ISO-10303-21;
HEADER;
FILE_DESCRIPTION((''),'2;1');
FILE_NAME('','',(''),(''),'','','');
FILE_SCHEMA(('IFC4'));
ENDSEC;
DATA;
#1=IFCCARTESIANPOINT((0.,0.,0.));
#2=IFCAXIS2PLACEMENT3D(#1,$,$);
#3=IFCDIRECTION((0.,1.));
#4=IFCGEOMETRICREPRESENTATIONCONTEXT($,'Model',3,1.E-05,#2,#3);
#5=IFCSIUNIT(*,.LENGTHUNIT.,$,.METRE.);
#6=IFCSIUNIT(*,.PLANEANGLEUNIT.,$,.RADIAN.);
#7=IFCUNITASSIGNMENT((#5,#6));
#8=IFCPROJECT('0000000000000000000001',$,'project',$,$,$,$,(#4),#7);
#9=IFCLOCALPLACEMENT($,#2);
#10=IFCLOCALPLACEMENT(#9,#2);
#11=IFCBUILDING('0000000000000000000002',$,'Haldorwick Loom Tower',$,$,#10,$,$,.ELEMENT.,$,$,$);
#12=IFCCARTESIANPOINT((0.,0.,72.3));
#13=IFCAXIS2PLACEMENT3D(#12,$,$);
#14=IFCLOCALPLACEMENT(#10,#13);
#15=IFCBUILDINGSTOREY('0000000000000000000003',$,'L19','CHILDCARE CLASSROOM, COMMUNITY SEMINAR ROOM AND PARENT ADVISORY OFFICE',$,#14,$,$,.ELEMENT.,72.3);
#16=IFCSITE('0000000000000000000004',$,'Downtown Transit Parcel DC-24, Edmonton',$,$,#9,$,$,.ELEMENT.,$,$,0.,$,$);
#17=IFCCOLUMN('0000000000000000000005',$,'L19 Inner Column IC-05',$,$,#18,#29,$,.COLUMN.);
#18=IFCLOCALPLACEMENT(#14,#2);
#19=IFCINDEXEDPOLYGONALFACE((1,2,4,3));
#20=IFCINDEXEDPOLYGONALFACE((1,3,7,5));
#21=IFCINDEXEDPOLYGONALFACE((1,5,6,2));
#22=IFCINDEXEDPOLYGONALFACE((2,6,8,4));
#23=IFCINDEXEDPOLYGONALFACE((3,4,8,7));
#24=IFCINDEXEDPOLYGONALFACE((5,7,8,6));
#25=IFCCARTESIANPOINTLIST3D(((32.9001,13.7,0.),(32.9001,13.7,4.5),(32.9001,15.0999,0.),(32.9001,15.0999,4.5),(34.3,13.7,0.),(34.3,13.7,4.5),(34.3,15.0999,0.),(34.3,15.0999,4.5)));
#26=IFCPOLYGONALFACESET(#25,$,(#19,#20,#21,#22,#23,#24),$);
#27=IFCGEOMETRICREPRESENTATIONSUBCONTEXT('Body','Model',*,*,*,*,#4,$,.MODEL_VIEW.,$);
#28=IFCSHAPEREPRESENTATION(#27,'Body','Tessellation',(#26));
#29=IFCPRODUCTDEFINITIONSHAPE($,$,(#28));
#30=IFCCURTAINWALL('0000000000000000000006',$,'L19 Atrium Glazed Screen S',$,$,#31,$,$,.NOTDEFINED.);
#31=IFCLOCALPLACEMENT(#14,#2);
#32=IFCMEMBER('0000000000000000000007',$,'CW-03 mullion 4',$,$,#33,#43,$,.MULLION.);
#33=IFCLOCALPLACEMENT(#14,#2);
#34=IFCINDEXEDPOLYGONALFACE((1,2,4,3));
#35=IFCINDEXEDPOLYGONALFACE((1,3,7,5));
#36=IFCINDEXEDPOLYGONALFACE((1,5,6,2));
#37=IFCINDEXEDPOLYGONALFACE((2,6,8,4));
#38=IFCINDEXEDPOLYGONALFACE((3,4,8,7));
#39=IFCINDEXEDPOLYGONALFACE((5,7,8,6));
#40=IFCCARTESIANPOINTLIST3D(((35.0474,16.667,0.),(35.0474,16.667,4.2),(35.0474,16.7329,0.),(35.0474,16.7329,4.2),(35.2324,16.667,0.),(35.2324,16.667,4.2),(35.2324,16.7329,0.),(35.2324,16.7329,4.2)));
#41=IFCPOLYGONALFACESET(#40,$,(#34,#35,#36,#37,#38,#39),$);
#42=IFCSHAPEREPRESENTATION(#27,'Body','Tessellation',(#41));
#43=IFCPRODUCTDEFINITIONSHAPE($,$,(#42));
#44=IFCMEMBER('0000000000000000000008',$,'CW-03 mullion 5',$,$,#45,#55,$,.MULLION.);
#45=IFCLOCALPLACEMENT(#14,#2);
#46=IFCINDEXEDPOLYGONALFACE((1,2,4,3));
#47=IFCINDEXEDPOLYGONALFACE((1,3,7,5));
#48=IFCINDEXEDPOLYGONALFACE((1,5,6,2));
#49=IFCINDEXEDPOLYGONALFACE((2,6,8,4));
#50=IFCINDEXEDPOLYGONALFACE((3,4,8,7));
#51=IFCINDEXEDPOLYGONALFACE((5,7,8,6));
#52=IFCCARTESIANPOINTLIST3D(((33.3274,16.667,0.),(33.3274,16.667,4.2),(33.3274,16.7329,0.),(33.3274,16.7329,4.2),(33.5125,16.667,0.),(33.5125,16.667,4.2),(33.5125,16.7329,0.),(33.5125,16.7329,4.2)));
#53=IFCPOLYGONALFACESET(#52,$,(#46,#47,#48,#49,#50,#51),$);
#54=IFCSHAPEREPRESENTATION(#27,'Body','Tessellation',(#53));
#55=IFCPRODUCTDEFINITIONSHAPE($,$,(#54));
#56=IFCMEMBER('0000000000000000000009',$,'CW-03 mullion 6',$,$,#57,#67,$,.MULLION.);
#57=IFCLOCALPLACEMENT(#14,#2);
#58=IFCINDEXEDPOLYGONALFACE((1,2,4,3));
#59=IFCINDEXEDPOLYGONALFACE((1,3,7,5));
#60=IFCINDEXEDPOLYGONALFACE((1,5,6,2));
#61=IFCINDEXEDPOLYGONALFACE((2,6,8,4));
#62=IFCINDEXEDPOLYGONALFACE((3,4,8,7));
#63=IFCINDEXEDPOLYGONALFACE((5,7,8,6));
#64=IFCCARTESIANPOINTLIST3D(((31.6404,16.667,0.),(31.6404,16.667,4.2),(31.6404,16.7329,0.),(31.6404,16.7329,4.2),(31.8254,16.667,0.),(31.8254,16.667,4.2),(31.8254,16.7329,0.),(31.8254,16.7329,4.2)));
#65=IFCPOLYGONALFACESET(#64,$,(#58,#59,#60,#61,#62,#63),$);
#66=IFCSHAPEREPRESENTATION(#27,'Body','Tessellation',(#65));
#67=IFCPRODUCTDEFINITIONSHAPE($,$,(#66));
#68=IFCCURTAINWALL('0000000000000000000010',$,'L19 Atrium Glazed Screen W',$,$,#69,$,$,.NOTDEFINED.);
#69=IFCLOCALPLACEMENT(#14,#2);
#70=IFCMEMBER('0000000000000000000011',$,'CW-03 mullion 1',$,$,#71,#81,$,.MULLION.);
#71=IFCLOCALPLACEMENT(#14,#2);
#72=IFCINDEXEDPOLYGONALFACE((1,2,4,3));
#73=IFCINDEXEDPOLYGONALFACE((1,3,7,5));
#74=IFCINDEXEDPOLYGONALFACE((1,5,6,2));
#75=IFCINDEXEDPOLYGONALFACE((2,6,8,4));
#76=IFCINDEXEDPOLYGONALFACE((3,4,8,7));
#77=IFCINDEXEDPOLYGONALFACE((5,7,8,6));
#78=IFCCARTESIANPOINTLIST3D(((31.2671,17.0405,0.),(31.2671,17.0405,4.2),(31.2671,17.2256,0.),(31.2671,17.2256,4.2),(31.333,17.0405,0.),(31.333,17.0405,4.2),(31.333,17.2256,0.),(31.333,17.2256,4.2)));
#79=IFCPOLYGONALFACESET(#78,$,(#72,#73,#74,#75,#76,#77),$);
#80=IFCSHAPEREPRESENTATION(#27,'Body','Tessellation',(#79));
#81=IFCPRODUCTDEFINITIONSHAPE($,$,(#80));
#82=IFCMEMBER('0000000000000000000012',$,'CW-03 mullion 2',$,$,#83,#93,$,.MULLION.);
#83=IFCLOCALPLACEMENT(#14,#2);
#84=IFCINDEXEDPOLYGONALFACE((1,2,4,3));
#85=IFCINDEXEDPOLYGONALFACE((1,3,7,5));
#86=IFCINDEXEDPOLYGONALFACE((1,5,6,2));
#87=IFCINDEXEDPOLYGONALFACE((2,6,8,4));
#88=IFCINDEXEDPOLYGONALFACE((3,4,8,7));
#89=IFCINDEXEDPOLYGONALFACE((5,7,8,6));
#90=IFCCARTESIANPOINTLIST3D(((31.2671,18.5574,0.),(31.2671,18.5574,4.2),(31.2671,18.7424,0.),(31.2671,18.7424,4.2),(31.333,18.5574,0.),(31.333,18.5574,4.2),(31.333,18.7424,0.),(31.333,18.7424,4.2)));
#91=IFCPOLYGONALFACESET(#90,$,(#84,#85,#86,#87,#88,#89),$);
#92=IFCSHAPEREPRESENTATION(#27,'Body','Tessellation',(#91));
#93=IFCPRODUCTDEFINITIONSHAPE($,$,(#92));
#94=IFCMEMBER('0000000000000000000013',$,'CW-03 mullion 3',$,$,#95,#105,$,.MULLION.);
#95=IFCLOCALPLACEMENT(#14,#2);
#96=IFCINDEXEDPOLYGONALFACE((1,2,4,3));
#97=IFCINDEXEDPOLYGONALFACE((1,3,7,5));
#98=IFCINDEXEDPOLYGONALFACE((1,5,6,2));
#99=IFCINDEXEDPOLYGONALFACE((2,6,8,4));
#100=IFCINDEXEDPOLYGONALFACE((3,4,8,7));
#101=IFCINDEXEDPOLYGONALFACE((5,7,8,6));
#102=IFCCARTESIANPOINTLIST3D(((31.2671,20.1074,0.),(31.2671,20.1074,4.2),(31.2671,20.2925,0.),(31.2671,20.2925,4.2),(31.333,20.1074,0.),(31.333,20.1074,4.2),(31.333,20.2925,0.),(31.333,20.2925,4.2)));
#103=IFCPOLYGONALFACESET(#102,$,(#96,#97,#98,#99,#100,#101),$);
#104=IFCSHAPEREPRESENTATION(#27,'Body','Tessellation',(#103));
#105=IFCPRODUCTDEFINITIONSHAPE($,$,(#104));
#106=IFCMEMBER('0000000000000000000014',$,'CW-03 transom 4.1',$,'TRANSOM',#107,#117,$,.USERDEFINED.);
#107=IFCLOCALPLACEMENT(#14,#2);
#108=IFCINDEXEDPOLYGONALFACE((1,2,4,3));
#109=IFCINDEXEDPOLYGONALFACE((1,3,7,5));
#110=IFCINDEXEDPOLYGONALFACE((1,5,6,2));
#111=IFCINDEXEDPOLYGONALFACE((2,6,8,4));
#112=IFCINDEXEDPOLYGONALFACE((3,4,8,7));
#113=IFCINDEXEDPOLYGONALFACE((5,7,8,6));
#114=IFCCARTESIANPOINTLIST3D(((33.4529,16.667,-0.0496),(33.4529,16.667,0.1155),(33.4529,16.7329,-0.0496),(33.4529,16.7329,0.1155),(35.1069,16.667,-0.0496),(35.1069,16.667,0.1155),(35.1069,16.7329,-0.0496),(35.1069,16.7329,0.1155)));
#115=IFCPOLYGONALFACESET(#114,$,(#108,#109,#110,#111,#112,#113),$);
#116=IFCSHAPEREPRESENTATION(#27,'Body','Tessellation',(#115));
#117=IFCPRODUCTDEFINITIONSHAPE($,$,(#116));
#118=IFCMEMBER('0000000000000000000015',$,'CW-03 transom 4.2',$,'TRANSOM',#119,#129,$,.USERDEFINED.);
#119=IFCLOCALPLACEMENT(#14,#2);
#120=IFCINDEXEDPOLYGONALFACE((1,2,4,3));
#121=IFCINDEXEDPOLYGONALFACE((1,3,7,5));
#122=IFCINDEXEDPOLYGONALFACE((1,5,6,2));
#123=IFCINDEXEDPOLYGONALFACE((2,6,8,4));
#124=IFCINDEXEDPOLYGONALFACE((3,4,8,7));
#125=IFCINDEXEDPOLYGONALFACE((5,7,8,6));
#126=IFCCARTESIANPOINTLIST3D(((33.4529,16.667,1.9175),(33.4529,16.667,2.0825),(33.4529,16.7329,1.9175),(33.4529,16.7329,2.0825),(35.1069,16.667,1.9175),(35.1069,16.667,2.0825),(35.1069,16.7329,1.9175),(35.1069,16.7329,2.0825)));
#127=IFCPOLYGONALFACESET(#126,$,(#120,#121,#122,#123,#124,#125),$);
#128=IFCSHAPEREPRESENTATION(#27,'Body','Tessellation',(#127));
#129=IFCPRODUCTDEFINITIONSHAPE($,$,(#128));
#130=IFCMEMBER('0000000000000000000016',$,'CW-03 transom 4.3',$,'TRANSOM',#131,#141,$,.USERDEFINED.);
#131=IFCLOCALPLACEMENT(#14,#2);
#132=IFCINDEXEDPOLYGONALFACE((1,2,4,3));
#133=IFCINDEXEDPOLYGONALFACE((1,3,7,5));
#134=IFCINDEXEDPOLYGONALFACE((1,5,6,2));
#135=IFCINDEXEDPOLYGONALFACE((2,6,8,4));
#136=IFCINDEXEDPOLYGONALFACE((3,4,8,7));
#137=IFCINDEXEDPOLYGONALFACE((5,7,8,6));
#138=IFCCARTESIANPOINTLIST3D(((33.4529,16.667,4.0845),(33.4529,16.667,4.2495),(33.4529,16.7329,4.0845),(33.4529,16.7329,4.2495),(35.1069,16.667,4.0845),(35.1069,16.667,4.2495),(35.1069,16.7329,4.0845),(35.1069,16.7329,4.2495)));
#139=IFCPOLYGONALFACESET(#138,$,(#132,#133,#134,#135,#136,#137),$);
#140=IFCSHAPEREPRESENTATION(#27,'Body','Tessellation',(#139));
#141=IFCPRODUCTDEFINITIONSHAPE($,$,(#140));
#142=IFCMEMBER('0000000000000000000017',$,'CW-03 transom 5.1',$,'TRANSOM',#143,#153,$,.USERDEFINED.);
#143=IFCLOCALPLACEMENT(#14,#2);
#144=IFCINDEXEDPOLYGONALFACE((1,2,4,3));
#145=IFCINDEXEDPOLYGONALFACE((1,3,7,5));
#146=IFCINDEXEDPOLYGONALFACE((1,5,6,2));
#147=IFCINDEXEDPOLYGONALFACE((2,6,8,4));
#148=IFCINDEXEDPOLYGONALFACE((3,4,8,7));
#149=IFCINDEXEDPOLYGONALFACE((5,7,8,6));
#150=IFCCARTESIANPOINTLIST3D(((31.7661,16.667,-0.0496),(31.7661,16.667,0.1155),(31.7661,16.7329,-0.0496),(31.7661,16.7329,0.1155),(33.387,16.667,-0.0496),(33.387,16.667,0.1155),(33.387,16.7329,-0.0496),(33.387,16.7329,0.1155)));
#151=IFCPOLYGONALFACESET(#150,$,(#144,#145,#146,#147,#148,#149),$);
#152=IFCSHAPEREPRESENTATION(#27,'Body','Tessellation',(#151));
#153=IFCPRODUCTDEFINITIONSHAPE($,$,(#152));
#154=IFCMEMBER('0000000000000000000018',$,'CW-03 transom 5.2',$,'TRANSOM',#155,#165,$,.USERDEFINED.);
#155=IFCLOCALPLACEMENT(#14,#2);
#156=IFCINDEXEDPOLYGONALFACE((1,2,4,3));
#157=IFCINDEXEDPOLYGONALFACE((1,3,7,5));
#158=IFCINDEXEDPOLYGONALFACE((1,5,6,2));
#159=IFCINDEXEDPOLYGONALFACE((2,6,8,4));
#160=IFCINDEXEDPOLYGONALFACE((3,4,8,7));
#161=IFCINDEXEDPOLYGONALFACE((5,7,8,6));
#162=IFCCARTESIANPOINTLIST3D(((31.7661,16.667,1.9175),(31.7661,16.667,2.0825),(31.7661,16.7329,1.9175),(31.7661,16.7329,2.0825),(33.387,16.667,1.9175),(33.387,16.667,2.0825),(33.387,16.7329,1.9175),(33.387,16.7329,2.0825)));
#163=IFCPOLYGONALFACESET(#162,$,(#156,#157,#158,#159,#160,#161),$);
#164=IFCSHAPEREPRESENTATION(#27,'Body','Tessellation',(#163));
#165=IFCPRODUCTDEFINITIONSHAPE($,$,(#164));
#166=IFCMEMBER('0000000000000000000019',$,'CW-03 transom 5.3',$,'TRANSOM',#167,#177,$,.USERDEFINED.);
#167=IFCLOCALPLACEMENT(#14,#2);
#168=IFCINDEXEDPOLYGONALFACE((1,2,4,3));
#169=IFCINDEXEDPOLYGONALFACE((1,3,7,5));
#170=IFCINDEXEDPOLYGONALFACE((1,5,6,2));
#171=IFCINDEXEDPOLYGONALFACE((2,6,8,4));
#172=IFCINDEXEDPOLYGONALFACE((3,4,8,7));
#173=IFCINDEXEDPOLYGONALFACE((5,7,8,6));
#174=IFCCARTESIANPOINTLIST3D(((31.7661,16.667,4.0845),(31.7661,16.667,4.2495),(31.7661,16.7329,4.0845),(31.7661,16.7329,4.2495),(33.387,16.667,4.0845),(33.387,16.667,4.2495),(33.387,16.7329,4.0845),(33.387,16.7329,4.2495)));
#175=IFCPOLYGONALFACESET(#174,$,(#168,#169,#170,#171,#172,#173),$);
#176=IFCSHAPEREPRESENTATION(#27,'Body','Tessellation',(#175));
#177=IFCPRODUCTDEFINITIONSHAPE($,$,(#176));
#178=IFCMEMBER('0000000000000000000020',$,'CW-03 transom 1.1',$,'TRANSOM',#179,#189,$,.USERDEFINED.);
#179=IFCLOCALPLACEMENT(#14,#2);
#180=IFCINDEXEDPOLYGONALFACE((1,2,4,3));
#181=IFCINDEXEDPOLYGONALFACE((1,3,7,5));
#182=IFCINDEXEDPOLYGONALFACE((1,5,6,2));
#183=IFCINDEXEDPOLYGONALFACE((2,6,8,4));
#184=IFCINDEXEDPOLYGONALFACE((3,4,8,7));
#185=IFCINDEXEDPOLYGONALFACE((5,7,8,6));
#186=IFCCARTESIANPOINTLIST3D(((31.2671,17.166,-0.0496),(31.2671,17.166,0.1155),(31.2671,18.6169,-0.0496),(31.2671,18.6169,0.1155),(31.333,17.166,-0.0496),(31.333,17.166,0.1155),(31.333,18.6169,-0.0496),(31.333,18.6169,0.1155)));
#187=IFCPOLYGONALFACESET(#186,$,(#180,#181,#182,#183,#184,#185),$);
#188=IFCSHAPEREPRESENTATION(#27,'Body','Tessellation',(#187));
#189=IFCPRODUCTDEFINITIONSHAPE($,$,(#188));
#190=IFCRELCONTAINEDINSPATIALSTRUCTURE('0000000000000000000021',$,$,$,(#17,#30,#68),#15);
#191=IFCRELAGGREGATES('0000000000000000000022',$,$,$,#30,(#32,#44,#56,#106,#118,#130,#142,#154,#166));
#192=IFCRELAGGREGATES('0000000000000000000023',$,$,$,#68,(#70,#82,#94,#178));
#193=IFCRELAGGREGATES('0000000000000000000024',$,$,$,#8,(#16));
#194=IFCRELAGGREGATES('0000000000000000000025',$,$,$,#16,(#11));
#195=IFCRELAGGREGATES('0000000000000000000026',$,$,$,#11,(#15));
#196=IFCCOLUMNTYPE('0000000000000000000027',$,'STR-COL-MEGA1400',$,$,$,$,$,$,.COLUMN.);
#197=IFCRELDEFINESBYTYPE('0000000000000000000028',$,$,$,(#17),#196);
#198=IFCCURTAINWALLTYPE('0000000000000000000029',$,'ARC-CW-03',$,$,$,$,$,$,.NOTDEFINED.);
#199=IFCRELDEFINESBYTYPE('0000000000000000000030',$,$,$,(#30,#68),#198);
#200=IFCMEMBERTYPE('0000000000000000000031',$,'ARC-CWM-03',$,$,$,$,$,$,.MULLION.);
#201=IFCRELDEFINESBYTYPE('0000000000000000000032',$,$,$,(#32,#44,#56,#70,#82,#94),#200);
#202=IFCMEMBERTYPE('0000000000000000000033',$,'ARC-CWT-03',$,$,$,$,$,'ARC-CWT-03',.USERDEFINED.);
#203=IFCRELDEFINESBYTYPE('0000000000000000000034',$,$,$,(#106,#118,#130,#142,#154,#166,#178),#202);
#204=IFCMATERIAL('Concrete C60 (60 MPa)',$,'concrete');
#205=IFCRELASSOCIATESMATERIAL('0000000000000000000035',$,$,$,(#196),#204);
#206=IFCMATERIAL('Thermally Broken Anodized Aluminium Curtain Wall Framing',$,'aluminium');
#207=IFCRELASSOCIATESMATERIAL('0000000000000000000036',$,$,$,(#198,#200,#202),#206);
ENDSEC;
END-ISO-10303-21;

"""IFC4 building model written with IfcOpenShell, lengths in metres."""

from ifc_helpers import new_model, si_unit, direction, frame, origin, origin_2d, place, context, subcontext, project, spatial, rectangle, extrude, material, material_profile, profile_set, type_object, element, aggregate, save


model = new_model("IFC4")

# Units and contexts
model_context = context("Model", 3, precision=1e-05, world=origin(), true_north=direction((0.0, 1.0)))
body_context = subcontext(model_context, "Body", "Model", "MODEL_VIEW")
ifc_project = project(units=[si_unit("LENGTHUNIT", "METRE"), si_unit("PLANEANGLEUNIT", "RADIAN")], contexts=[model_context])

# Site, building, storey
site_placement = place(None, origin())
site = spatial("IfcSite", under=ifc_project, at=site_placement, Name="Downtown Transit Parcel DC-24, Edmonton", CompositionType="ELEMENT", RefElevation=0.0)
building_placement = place(site_placement, origin())
building = spatial("IfcBuilding", under=site, at=building_placement, Name="Haldorwick Loom Tower", CompositionType="ELEMENT")
storey_placement = place(building_placement, frame((0.0, 0.0, 72.3)))
storey = spatial("IfcBuildingStorey", under=building, at=storey_placement, Name="L19", Description="CHILDCARE CLASSROOM, COMMUNITY SEMINAR ROOM AND PARENT ADVISORY OFFICE", CompositionType="ELEMENT", Elevation=72.3)

# Column
ifc_material_1 = material(Name="Concrete C60 (60 MPa)", Category="concrete")
ifc_material_profile_1 = material_profile(ifc_material_1, rectangle(XDim=1.3999, YDim=1.3999, at=origin_2d()), Name="RC1400X1400", Category="concrete")
ifc_profile_set_1 = profile_set([ifc_material_profile_1], Name="Concrete C60 (60 MPa)")
column_type = type_object("IfcColumnType", Name="STR-COL-MEGA1400", PredefinedType="COLUMN", material=ifc_profile_set_1)
column_placement = place(storey_placement, frame((33.6001, 14.3999, 0.0), z_axis=(0.0, 0.0, 1.0), x_axis=(1.0, 0.0, 0.0)))
element("IfcColumn", 1, at=column_placement, inside=storey, type_object=column_type, Name="L19 Inner Column IC-05", PredefinedType="COLUMN", context=body_context, shape_type="SweptSolid", body=[
    extrude(rectangle(XDim=1.3999, YDim=1.3999, at=origin_2d()), origin(), (0.0, 0.0, 1.0), 4.5),
])

# Curtain walls, members
ifc_material_2 = material(Name="Thermally Broken Anodized Aluminium Curtain Wall Framing", Category="aluminium")
curtain_wall_type = type_object("IfcCurtainWallType", Name="ARC-CW-03", PredefinedType="NOTDEFINED", material=ifc_material_2)
curtain_wall_1_placement = place(storey_placement, origin())
curtain_wall_1 = element("IfcCurtainWall", 2, at=curtain_wall_1_placement, inside=storey, type_object=curtain_wall_type, Name="L19 Atrium Glazed Screen S", PredefinedType="NOTDEFINED")
ifc_material_profile_2 = material_profile(ifc_material_2, rectangle(XDim=0.0659, YDim=0.1851, at=origin_2d()), Name="ALU_MUL_66X185", Category="aluminium")
ifc_profile_set_2 = profile_set([ifc_material_profile_2], Name="Thermally Broken Anodized Aluminium Curtain Wall Framing")
member_type_1 = type_object("IfcMemberType", Name="ARC-CWM-03", PredefinedType="MULLION", material=ifc_profile_set_2)
member_1_placement = place(storey_placement, frame((35.1399, 16.7, 0.0), z_axis=(0.0, 0.0, 1.0), x_axis=(0.0, -1.0, 0.0)))
member_1 = element("IfcMember", 3, at=member_1_placement, type_object=member_type_1, Name="CW-03 mullion 4", PredefinedType="MULLION", context=body_context, shape_type="SweptSolid", body=[
    extrude(rectangle(XDim=0.0659, YDim=0.1851, at=origin_2d()), origin(), (0.0, 0.0, 1.0), 4.2),
])
member_2_placement = place(storey_placement, frame((33.4199, 16.7, 0.0), z_axis=(0.0, 0.0, 1.0), x_axis=(0.0, -1.0, 0.0)))
member_2 = element("IfcMember", 4, at=member_2_placement, type_object=member_type_1, Name="CW-03 mullion 5", PredefinedType="MULLION", context=body_context, shape_type="SweptSolid", body=[
    extrude(rectangle(XDim=0.0659, YDim=0.1851, at=origin_2d()), origin(), (0.0, 0.0, 1.0), 4.2),
])
member_3_placement = place(storey_placement, frame((31.7329, 16.7, 0.0), z_axis=(0.0, 0.0, 1.0), x_axis=(0.0, -1.0, 0.0)))
member_3 = element("IfcMember", 5, at=member_3_placement, type_object=member_type_1, Name="CW-03 mullion 6", PredefinedType="MULLION", context=body_context, shape_type="SweptSolid", body=[
    extrude(rectangle(XDim=0.0659, YDim=0.1851, at=origin_2d()), origin(), (0.0, 0.0, 1.0), 4.2),
])
curtain_wall_2_placement = place(storey_placement, origin())
curtain_wall_2 = element("IfcCurtainWall", 6, at=curtain_wall_2_placement, inside=storey, type_object=curtain_wall_type, Name="L19 Atrium Glazed Screen W", PredefinedType="NOTDEFINED")
member_4_placement = place(storey_placement, frame((31.3, 17.1331, 0.0), z_axis=(0.0, 0.0, 1.0), x_axis=(-1.0, 0.0, 0.0)))
member_4 = element("IfcMember", 7, at=member_4_placement, type_object=member_type_1, Name="CW-03 mullion 1", PredefinedType="MULLION", context=body_context, shape_type="SweptSolid", body=[
    extrude(rectangle(XDim=0.0659, YDim=0.1851, at=origin_2d()), origin(), (0.0, 0.0, 1.0), 4.2),
])
member_5_placement = place(storey_placement, frame((31.3, 18.6499, 0.0), z_axis=(0.0, 0.0, 1.0), x_axis=(-1.0, 0.0, 0.0)))
member_5 = element("IfcMember", 8, at=member_5_placement, type_object=member_type_1, Name="CW-03 mullion 2", PredefinedType="MULLION", context=body_context, shape_type="SweptSolid", body=[
    extrude(rectangle(XDim=0.0659, YDim=0.1851, at=origin_2d()), origin(), (0.0, 0.0, 1.0), 4.2),
])
member_6_placement = place(storey_placement, frame((31.3, 20.2, 0.0), z_axis=(0.0, 0.0, 1.0), x_axis=(-1.0, 0.0, 0.0)))
member_6 = element("IfcMember", 9, at=member_6_placement, type_object=member_type_1, Name="CW-03 mullion 3", PredefinedType="MULLION", context=body_context, shape_type="SweptSolid", body=[
    extrude(rectangle(XDim=0.0659, YDim=0.1851, at=origin_2d()), origin(), (0.0, 0.0, 1.0), 4.2),
])

# Members
ifc_material_profile_3 = material_profile(ifc_material_2, rectangle(XDim=0.0659, YDim=0.165, at=origin_2d()), Name="ALU_TRN_66X165", Category="aluminium")
ifc_profile_set_3 = profile_set([ifc_material_profile_3], Name="Thermally Broken Anodized Aluminium Curtain Wall Framing")
member_type_2 = type_object("IfcMemberType", Name="ARC-CWT-03", ElementType="ARC-CWT-03", PredefinedType="USERDEFINED", material=ifc_profile_set_3)
member_7_placement = place(storey_placement, frame((35.1069, 16.7, 0.033), z_axis=(-1.0, 0.0, 0.0), x_axis=(0.0, -1.0, 0.0)))
member_7 = element("IfcMember", 10, at=member_7_placement, type_object=member_type_2, Name="CW-03 transom 4.1", ObjectType="TRANSOM", PredefinedType="USERDEFINED", context=body_context, shape_type="SweptSolid", body=[
    extrude(rectangle(XDim=0.0659, YDim=0.165, at=origin_2d()), origin(), (0.0, 0.0, 1.0), 1.6541),
])
member_8_placement = place(storey_placement, frame((35.1069, 16.7, 2.0), z_axis=(-1.0, 0.0, 0.0), x_axis=(0.0, -1.0, 0.0)))
member_8 = element("IfcMember", 11, at=member_8_placement, type_object=member_type_2, Name="CW-03 transom 4.2", ObjectType="TRANSOM", PredefinedType="USERDEFINED", context=body_context, shape_type="SweptSolid", body=[
    extrude(rectangle(XDim=0.0659, YDim=0.165, at=origin_2d()), origin(), (0.0, 0.0, 1.0), 1.6541),
])
member_9_placement = place(storey_placement, frame((35.1069, 16.7, 4.167), z_axis=(-1.0, 0.0, 0.0), x_axis=(0.0, -1.0, 0.0)))
member_9 = element("IfcMember", 12, at=member_9_placement, type_object=member_type_2, Name="CW-03 transom 4.3", ObjectType="TRANSOM", PredefinedType="USERDEFINED", context=body_context, shape_type="SweptSolid", body=[
    extrude(rectangle(XDim=0.0659, YDim=0.165, at=origin_2d()), origin(), (0.0, 0.0, 1.0), 1.6541),
])
member_10_placement = place(storey_placement, frame((33.387, 16.7, 0.033), z_axis=(-1.0, 0.0, 0.0), x_axis=(0.0, -1.0, 0.0)))
member_10 = element("IfcMember", 13, at=member_10_placement, type_object=member_type_2, Name="CW-03 transom 5.1", ObjectType="TRANSOM", PredefinedType="USERDEFINED", context=body_context, shape_type="SweptSolid", body=[
    extrude(rectangle(XDim=0.0659, YDim=0.165, at=origin_2d()), origin(), (0.0, 0.0, 1.0), 1.6208),
])
member_11_placement = place(storey_placement, frame((33.387, 16.7, 2.0), z_axis=(-1.0, 0.0, 0.0), x_axis=(0.0, -1.0, 0.0)))
member_11 = element("IfcMember", 14, at=member_11_placement, type_object=member_type_2, Name="CW-03 transom 5.2", ObjectType="TRANSOM", PredefinedType="USERDEFINED", context=body_context, shape_type="SweptSolid", body=[
    extrude(rectangle(XDim=0.0659, YDim=0.165, at=origin_2d()), origin(), (0.0, 0.0, 1.0), 1.6208),
])
member_12_placement = place(storey_placement, frame((33.387, 16.7, 4.167), z_axis=(-1.0, 0.0, 0.0), x_axis=(0.0, -1.0, 0.0)))
member_12 = element("IfcMember", 15, at=member_12_placement, type_object=member_type_2, Name="CW-03 transom 5.3", ObjectType="TRANSOM", PredefinedType="USERDEFINED", context=body_context, shape_type="SweptSolid", body=[
    extrude(rectangle(XDim=0.0659, YDim=0.165, at=origin_2d()), origin(), (0.0, 0.0, 1.0), 1.6208),
])
member_13_placement = place(storey_placement, frame((31.3, 17.166, 0.033), z_axis=(0.0, 1.0, 0.0), x_axis=(-1.0, 0.0, 0.0)))
member_13 = element("IfcMember", 16, at=member_13_placement, type_object=member_type_2, Name="CW-03 transom 1.1", ObjectType="TRANSOM", PredefinedType="USERDEFINED", context=body_context, shape_type="SweptSolid", body=[
    extrude(rectangle(XDim=0.0659, YDim=0.165, at=origin_2d()), origin(), (0.0, 0.0, 1.0), 1.4509),
])

aggregate(curtain_wall_1, [member_1, member_2, member_3, member_7, member_8, member_9, member_10, member_11, member_12])
aggregate(curtain_wall_2, [member_4, member_5, member_6, member_13])

save(model, "model.ifc")
